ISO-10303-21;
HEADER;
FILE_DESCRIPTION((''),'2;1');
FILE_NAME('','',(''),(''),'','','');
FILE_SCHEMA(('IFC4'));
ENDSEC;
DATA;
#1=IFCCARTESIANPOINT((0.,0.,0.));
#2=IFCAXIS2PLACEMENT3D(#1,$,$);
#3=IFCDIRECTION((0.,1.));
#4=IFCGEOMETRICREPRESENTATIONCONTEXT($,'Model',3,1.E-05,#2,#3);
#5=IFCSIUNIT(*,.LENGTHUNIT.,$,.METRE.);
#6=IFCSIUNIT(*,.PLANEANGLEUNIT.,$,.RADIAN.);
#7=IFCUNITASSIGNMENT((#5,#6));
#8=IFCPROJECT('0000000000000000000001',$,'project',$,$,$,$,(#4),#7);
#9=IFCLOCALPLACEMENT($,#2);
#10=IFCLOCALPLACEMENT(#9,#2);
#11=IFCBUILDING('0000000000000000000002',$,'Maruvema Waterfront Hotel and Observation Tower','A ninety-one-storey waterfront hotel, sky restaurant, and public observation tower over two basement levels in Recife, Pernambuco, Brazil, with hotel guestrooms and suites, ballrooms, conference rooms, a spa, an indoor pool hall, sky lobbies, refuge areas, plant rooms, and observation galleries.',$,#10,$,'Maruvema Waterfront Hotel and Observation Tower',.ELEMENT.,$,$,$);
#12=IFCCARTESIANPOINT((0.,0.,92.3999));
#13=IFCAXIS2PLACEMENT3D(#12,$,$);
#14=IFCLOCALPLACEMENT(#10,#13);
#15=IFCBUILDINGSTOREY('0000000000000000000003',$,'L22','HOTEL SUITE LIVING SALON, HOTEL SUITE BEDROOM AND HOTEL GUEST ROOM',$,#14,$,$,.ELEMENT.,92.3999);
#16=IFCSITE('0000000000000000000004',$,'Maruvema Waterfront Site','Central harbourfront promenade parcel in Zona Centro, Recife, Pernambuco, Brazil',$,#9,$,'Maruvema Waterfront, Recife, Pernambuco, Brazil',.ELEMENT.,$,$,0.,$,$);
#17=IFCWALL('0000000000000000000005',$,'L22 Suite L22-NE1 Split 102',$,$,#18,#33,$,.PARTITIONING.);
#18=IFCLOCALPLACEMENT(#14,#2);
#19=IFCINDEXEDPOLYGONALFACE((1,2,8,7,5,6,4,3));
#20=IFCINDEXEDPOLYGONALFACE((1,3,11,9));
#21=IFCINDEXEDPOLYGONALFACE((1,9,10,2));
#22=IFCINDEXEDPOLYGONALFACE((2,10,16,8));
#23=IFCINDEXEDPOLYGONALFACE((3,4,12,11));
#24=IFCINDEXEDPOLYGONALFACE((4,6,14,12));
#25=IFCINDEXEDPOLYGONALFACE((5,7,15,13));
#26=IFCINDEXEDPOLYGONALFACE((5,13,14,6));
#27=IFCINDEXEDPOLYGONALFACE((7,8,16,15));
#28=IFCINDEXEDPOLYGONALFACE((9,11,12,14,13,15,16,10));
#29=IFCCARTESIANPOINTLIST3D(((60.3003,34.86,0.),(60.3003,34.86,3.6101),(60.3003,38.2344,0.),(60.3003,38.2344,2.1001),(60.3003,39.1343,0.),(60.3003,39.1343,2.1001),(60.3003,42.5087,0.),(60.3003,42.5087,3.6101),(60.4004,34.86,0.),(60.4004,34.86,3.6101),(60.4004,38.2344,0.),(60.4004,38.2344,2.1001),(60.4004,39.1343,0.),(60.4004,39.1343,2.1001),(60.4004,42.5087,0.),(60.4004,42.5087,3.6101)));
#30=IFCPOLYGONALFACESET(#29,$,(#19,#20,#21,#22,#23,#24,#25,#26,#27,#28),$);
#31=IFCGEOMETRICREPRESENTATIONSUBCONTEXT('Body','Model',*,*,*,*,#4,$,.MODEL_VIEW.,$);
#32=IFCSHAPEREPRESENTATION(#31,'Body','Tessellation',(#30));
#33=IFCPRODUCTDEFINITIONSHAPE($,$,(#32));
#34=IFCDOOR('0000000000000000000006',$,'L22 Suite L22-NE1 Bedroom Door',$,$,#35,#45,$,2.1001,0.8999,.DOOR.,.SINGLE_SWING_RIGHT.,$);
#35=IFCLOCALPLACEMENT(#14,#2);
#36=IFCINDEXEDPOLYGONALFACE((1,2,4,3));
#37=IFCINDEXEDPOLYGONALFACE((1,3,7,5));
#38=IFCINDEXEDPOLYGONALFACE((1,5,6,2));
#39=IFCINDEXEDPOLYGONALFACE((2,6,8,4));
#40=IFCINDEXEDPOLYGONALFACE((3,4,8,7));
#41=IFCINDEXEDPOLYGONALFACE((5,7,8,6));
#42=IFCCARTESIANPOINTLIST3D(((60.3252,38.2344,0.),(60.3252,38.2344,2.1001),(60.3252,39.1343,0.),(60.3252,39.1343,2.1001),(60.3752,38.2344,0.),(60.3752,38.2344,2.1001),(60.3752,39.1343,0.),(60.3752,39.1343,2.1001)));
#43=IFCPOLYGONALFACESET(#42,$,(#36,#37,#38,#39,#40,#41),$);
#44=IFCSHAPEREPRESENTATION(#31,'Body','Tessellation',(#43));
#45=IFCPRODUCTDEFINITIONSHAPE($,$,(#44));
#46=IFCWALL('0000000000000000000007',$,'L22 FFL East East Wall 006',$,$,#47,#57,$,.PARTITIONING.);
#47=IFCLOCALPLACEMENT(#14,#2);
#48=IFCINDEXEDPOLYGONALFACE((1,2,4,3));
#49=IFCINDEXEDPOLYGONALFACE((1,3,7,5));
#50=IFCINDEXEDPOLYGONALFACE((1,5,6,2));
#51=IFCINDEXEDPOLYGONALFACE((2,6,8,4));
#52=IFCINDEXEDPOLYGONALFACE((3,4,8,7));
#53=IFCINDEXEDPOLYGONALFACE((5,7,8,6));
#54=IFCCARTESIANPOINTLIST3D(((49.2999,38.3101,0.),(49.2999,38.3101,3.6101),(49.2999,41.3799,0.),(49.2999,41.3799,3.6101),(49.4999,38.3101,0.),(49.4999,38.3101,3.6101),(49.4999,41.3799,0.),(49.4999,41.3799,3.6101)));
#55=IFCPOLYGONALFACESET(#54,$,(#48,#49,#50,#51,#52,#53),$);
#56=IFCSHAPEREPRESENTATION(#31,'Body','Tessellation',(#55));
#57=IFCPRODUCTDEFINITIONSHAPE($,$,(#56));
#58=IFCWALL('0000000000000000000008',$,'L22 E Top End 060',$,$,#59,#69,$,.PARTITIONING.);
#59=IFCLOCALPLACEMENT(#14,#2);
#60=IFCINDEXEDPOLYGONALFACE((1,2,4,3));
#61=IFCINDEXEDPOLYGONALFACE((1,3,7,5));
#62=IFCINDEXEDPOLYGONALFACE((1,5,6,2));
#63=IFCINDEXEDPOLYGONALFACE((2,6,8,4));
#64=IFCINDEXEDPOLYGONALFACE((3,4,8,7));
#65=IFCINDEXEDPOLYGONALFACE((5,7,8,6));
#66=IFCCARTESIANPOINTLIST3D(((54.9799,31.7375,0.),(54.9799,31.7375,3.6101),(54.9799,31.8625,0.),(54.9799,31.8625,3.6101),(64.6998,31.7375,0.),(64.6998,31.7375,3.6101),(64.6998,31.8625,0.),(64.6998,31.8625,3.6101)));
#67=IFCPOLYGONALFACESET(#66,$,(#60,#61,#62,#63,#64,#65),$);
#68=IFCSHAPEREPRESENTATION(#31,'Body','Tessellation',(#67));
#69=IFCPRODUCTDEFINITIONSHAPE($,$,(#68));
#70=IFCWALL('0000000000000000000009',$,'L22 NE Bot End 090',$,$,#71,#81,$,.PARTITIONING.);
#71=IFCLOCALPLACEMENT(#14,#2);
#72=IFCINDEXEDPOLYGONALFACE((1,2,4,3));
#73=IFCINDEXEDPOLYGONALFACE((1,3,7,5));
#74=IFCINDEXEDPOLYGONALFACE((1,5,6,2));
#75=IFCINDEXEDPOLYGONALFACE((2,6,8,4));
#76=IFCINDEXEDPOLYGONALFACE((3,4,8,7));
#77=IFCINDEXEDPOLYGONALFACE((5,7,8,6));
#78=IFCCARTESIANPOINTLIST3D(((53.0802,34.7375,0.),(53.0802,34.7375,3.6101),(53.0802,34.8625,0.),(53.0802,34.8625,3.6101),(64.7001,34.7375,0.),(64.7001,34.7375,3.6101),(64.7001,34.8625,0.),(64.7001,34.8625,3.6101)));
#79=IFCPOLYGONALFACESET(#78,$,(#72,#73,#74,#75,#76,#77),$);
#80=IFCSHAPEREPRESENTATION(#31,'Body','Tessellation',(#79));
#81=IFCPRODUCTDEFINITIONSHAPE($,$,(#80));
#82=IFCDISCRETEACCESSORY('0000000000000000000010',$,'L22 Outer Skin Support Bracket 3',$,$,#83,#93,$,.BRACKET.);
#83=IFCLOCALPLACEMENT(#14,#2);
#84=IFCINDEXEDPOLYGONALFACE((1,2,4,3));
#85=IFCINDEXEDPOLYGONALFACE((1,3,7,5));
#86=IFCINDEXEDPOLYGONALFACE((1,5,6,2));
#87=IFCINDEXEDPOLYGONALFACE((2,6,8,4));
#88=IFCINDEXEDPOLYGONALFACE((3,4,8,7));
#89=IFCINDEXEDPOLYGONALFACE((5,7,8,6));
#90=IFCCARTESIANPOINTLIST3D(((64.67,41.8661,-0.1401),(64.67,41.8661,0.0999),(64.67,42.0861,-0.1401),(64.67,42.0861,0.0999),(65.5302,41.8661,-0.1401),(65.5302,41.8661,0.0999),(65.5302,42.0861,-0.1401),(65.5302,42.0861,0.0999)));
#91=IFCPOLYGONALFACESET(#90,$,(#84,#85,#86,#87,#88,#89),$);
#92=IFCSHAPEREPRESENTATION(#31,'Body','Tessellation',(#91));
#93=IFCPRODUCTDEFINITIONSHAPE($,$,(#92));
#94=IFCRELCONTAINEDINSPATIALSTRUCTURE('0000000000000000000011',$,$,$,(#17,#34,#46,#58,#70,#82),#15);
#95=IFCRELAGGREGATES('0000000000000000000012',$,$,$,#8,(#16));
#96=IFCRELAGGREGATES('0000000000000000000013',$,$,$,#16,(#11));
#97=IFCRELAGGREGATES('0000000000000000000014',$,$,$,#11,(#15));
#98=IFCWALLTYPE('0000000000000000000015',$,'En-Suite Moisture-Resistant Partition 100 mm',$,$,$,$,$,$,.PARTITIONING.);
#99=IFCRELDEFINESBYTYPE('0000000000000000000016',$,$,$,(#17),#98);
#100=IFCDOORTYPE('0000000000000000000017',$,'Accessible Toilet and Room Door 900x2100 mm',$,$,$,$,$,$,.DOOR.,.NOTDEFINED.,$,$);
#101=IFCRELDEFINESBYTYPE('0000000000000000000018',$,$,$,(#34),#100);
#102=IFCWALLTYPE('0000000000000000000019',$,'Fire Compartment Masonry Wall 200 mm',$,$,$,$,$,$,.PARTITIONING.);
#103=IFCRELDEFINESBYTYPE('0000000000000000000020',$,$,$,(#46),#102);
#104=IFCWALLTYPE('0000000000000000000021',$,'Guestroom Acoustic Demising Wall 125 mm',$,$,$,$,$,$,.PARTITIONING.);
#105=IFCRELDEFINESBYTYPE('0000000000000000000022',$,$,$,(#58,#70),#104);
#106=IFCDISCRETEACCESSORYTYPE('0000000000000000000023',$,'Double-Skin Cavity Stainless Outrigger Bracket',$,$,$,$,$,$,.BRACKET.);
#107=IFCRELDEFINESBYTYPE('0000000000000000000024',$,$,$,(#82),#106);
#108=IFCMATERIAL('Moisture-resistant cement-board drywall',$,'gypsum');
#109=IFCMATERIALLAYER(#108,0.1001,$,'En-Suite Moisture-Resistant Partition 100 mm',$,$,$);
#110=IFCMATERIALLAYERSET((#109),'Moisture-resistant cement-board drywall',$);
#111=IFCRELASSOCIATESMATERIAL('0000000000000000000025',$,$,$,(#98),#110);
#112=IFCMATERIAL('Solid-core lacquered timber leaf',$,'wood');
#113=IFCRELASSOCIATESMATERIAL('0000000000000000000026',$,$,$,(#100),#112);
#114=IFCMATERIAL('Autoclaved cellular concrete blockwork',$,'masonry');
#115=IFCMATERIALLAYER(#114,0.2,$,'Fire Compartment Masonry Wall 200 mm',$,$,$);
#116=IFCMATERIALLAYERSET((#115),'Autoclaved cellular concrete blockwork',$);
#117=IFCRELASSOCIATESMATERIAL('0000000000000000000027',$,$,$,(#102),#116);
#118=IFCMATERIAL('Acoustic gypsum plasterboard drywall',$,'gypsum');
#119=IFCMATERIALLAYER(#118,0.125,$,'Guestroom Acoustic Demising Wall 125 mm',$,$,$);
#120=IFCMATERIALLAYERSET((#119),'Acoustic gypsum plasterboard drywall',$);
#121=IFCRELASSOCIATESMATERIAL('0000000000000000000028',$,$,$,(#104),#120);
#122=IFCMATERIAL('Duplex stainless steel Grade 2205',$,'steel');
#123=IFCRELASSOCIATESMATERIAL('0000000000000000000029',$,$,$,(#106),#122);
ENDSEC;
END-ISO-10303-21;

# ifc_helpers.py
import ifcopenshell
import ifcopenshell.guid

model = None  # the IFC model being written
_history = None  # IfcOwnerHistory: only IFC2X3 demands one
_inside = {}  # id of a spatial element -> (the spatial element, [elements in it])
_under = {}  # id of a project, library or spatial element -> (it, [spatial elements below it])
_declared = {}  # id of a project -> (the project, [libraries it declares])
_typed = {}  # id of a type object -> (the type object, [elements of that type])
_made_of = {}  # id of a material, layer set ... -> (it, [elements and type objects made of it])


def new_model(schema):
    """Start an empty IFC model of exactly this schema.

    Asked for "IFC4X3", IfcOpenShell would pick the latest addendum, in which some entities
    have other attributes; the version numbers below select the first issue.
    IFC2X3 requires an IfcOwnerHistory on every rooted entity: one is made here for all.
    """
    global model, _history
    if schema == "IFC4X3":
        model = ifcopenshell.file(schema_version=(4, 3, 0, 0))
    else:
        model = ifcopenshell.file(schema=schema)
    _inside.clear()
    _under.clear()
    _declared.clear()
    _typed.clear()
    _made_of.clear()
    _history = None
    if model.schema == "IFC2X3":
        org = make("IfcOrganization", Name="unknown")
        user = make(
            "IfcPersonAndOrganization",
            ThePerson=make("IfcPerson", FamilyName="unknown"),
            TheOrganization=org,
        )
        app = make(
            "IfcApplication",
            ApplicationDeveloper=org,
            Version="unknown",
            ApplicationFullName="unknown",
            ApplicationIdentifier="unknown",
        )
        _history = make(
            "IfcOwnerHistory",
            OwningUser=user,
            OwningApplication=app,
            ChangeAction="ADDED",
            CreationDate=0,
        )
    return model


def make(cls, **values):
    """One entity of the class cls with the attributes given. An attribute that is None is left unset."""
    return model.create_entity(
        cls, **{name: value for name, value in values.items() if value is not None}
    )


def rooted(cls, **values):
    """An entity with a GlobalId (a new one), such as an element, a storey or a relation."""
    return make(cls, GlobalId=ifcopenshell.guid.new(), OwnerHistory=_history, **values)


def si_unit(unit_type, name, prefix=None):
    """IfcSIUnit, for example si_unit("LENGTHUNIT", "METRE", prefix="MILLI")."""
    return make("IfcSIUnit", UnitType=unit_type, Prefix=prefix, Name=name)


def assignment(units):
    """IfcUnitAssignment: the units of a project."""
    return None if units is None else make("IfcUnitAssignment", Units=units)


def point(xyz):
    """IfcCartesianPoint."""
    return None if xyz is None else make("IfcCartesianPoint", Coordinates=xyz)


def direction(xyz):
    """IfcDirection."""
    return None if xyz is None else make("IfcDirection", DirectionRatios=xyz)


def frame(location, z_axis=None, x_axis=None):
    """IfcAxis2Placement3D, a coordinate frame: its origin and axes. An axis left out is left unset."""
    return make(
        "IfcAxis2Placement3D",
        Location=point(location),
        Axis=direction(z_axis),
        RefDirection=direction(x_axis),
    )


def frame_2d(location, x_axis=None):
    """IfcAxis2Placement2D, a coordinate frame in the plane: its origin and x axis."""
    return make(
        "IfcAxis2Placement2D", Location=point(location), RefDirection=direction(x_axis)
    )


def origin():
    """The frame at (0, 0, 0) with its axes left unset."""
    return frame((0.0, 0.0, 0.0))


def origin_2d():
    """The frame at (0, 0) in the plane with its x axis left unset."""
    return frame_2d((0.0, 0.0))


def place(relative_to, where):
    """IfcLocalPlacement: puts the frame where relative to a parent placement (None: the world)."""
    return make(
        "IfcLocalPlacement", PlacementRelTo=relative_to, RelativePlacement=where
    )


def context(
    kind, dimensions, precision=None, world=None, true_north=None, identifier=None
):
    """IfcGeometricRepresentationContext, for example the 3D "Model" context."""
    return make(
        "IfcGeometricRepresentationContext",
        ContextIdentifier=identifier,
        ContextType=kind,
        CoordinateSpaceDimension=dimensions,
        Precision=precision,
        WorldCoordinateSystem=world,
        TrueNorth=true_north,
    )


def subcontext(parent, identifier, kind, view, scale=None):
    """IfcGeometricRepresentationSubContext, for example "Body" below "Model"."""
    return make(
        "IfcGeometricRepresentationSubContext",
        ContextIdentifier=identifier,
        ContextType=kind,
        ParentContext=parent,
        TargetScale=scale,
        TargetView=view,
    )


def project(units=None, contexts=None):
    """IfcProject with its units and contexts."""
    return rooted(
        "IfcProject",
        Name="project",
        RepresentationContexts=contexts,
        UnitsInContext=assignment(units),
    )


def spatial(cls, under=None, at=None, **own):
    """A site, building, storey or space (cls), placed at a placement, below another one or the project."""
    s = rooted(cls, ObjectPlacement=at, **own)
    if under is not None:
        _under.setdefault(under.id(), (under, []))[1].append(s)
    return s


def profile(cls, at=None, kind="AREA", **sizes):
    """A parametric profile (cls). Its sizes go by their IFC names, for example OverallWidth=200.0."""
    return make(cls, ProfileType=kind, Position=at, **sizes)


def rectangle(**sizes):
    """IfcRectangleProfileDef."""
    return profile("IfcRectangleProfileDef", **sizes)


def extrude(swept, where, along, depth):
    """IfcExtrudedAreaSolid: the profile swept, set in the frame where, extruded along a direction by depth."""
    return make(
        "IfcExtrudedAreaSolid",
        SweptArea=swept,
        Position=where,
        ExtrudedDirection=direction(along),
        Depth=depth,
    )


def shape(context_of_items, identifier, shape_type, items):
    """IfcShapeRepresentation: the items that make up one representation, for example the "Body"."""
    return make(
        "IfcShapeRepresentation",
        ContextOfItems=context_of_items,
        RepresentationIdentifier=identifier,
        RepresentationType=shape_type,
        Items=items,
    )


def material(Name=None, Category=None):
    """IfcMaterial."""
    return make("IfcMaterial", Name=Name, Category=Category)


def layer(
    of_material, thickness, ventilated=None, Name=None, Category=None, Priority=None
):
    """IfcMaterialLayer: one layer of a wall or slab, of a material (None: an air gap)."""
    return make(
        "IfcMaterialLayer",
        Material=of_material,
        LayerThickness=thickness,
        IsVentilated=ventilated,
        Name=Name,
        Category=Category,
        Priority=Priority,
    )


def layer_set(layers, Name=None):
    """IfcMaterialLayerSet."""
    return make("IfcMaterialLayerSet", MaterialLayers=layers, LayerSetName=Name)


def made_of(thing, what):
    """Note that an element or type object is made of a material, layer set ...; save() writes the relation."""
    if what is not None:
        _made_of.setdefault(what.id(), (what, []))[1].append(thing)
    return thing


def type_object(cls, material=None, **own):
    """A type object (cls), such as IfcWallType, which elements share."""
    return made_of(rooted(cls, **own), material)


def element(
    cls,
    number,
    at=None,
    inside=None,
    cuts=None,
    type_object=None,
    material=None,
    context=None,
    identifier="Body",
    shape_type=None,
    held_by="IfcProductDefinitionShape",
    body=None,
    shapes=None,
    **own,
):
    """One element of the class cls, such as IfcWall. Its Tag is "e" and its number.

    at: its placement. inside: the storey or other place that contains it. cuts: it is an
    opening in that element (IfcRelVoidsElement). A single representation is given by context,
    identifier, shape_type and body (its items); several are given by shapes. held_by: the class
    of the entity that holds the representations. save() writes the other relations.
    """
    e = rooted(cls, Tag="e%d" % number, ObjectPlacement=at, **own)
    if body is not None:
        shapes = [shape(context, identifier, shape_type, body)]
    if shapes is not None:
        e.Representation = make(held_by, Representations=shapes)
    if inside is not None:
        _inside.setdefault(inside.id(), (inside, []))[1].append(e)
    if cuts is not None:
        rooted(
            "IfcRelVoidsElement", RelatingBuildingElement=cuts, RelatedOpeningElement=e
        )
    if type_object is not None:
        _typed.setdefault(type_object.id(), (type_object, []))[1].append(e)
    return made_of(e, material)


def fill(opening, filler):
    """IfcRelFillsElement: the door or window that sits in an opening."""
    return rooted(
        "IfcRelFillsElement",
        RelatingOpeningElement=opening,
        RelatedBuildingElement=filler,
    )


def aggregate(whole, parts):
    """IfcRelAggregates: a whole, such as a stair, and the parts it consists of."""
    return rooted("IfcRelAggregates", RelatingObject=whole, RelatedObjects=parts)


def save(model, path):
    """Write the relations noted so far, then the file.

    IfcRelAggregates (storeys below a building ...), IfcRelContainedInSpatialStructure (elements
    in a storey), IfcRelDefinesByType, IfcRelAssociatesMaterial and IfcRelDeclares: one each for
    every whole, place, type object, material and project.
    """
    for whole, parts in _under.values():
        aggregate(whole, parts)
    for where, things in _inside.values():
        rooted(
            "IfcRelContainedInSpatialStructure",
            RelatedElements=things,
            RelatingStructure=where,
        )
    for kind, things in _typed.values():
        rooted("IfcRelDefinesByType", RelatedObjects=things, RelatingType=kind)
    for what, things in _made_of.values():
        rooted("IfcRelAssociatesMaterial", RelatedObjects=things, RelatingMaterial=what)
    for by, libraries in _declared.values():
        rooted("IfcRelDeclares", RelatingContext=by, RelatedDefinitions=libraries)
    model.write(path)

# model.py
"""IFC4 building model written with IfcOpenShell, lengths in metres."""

from ifc_helpers import new_model, si_unit, direction, frame, frame_2d, origin, origin_2d, place, context, subcontext, project, spatial, rectangle, extrude, material, layer, layer_set, type_object, element, fill, save


model = new_model("IFC4")

# Units and contexts
model_context = context("Model", 3, precision=1e-05, world=origin(), true_north=direction((0.0, 1.0)))
body_context = subcontext(model_context, "Body", "Model", "MODEL_VIEW")
ifc_project = project(units=[si_unit("LENGTHUNIT", "METRE"), si_unit("PLANEANGLEUNIT", "RADIAN")], contexts=[model_context])

# Site, building, storey
site_placement = place(None, origin())
site = spatial("IfcSite", under=ifc_project, at=site_placement, Name="Maruvema Waterfront Site", Description="Central harbourfront promenade parcel in Zona Centro, Recife, Pernambuco, Brazil", LongName="Maruvema Waterfront, Recife, Pernambuco, Brazil", CompositionType="ELEMENT", RefElevation=0.0)
building_placement = place(site_placement, origin())
building = spatial("IfcBuilding", under=site, at=building_placement, Name="Maruvema Waterfront Hotel and Observation Tower", Description="A ninety-one-storey waterfront hotel, sky restaurant, and public observation tower over two basement levels in Recife, Pernambuco, Brazil, with hotel guestrooms and suites, ballrooms, conference rooms, a spa, an indoor pool hall, sky lobbies, refuge areas, plant rooms, and observation galleries.", LongName="Maruvema Waterfront Hotel and Observation Tower", CompositionType="ELEMENT")
storey_placement = place(building_placement, frame((0.0, 0.0, 92.3999)))
storey = spatial("IfcBuildingStorey", under=building, at=storey_placement, Name="L22", Description="HOTEL SUITE LIVING SALON, HOTEL SUITE BEDROOM AND HOTEL GUEST ROOM", CompositionType="ELEMENT", Elevation=92.3999)

# Shared definitions
ifc_material_1 = material(Name="Moisture-resistant cement-board drywall", Category="gypsum")
ifc_layer_1 = layer(ifc_material_1, 0.1001, Name="En-Suite Moisture-Resistant Partition 100 mm")
ifc_layer_set_1 = layer_set([ifc_layer_1], Name="Moisture-resistant cement-board drywall")
wall_type_1 = type_object("IfcWallType", Name="En-Suite Moisture-Resistant Partition 100 mm", PredefinedType="PARTITIONING", material=ifc_layer_set_1)

# Wall, opening, door
wall_1_placement = place(storey_placement, frame((60.3503, 34.8601, 0.0), z_axis=(0.0, 0.0, 1.0), x_axis=(0.0, 1.0, 0.0)))
wall_1 = element("IfcWall", 1, at=wall_1_placement, inside=storey, type_object=wall_type_1, Name="L22 Suite L22-NE1 Split 102", PredefinedType="PARTITIONING", context=body_context, shape_type="SweptSolid", body=[
    extrude(rectangle(XDim=7.6487, YDim=0.1001, at=frame_2d((3.8242, 0.0))), origin(), (0.0, 0.0, 1.0), 3.6101),
])
opening_1_placement = place(wall_1_placement, frame((3.3743, 0.0, 0.0)))
opening_1 = element("IfcOpeningElement", 2, at=opening_1_placement, cuts=wall_1, PredefinedType="OPENING", context=body_context, shape_type="SweptSolid", body=[
    extrude(rectangle(XDim=0.8999, YDim=2.1001, at=frame_2d((0.45, 1.05))), frame((0.0, 0.0601, 0.0), z_axis=(0.0, -1.0, 0.0), x_axis=(1.0, 0.0, 0.0)), (0.0, 0.0, 1.0), 0.1201),
])
ifc_material_2 = material(Name="Solid-core lacquered timber leaf", Category="wood")
door_type_1 = type_object("IfcDoorType", Name="Accessible Toilet and Room Door 900x2100 mm", OperationType="NOTDEFINED", PredefinedType="DOOR", material=ifc_material_2)
door_1_placement = place(opening_1_placement, frame((0.8999, 0.0, 0.0), z_axis=(0.0, 0.0, 1.0), x_axis=(-1.0, 0.0, 0.0)))
door_1 = element("IfcDoor", 3, at=door_1_placement, inside=storey, type_object=door_type_1, Name="L22 Suite L22-NE1 Bedroom Door", OperationType="SINGLE_SWING_RIGHT", OverallHeight=2.1001, OverallWidth=0.8999, PredefinedType="DOOR", context=body_context, shape_type="SweptSolid", body=[
    extrude(rectangle(XDim=0.8999, YDim=2.1001, at=frame_2d((0.45, 1.05))), frame((0.0, 0.0249, 0.0), z_axis=(0.0, -1.0, 0.0), x_axis=(1.0, 0.0, 0.0)), (0.0, 0.0, 1.0), 0.05),
])
fill(opening_1, door_1)

# Walls
ifc_material_3 = material(Name="Autoclaved cellular concrete blockwork", Category="masonry")
ifc_layer_2 = layer(ifc_material_3, 0.2, Name="Fire Compartment Masonry Wall 200 mm")
ifc_layer_set_2 = layer_set([ifc_layer_2], Name="Autoclaved cellular concrete blockwork")
wall_type_2 = type_object("IfcWallType", Name="Fire Compartment Masonry Wall 200 mm", PredefinedType="PARTITIONING", material=ifc_layer_set_2)
wall_2_placement = place(storey_placement, frame((49.3999, 38.3101, 0.0), z_axis=(0.0, 0.0, 1.0), x_axis=(0.0, 1.0, 0.0)))
element("IfcWall", 4, at=wall_2_placement, inside=storey, type_object=wall_type_2, Name="L22 FFL East East Wall 006", PredefinedType="PARTITIONING", context=body_context, shape_type="SweptSolid", body=[
    extrude(rectangle(XDim=3.0698, YDim=0.2, at=frame_2d((1.5349, 0.0))), origin(), (0.0, 0.0, 1.0), 3.6101),
])
ifc_material_4 = material(Name="Acoustic gypsum plasterboard drywall", Category="gypsum")
ifc_layer_3 = layer(ifc_material_4, 0.125, Name="Guestroom Acoustic Demising Wall 125 mm")
ifc_layer_set_3 = layer_set([ifc_layer_3], Name="Acoustic gypsum plasterboard drywall")
wall_type_3 = type_object("IfcWallType", Name="Guestroom Acoustic Demising Wall 125 mm", PredefinedType="PARTITIONING", material=ifc_layer_set_3)
wall_3_placement = place(storey_placement, frame((54.98, 31.8, 0.0), z_axis=(0.0, 0.0, 1.0), x_axis=(1.0, 0.0, 0.0)))
element("IfcWall", 5, at=wall_3_placement, inside=storey, type_object=wall_type_3, Name="L22 E Top End 060", PredefinedType="PARTITIONING", context=body_context, shape_type="SweptSolid", body=[
    extrude(rectangle(XDim=9.72, YDim=0.125, at=frame_2d((4.8599, 0.0))), origin(), (0.0, 0.0, 1.0), 3.6101),
])
wall_4_placement = place(storey_placement, frame((53.0801, 34.8, 0.0), z_axis=(0.0, 0.0, 1.0), x_axis=(1.0, 0.0, 0.0)))
element("IfcWall", 6, at=wall_4_placement, inside=storey, type_object=wall_type_3, Name="L22 NE Bot End 090", PredefinedType="PARTITIONING", context=body_context, shape_type="SweptSolid", body=[
    extrude(rectangle(XDim=11.6199, YDim=0.125, at=frame_2d((5.8101, 0.0))), origin(), (0.0, 0.0, 1.0), 3.6101),
])

# Discrete accessory
ifc_material_5 = material(Name="Duplex stainless steel Grade 2205", Category="steel")
discrete_accessory_type = type_object("IfcDiscreteAccessoryType", Name="Double-Skin Cavity Stainless Outrigger Bracket", PredefinedType="BRACKET", material=ifc_material_5)
discrete_accessory_placement = place(storey_placement, frame((65.1001, 41.9761, -0.1401), z_axis=(0.0, 0.0, 1.0), x_axis=(0.0, 1.0, 0.0)))
element("IfcDiscreteAccessory", 7, at=discrete_accessory_placement, inside=storey, type_object=discrete_accessory_type, Name="L22 Outer Skin Support Bracket 3", PredefinedType="BRACKET", context=body_context, shape_type="SweptSolid", body=[
    extrude(rectangle(XDim=0.22, YDim=0.8601, at=origin_2d()), origin(), (0.0, 0.0, 1.0), 0.24),
])

save(model, "model.ifc")
